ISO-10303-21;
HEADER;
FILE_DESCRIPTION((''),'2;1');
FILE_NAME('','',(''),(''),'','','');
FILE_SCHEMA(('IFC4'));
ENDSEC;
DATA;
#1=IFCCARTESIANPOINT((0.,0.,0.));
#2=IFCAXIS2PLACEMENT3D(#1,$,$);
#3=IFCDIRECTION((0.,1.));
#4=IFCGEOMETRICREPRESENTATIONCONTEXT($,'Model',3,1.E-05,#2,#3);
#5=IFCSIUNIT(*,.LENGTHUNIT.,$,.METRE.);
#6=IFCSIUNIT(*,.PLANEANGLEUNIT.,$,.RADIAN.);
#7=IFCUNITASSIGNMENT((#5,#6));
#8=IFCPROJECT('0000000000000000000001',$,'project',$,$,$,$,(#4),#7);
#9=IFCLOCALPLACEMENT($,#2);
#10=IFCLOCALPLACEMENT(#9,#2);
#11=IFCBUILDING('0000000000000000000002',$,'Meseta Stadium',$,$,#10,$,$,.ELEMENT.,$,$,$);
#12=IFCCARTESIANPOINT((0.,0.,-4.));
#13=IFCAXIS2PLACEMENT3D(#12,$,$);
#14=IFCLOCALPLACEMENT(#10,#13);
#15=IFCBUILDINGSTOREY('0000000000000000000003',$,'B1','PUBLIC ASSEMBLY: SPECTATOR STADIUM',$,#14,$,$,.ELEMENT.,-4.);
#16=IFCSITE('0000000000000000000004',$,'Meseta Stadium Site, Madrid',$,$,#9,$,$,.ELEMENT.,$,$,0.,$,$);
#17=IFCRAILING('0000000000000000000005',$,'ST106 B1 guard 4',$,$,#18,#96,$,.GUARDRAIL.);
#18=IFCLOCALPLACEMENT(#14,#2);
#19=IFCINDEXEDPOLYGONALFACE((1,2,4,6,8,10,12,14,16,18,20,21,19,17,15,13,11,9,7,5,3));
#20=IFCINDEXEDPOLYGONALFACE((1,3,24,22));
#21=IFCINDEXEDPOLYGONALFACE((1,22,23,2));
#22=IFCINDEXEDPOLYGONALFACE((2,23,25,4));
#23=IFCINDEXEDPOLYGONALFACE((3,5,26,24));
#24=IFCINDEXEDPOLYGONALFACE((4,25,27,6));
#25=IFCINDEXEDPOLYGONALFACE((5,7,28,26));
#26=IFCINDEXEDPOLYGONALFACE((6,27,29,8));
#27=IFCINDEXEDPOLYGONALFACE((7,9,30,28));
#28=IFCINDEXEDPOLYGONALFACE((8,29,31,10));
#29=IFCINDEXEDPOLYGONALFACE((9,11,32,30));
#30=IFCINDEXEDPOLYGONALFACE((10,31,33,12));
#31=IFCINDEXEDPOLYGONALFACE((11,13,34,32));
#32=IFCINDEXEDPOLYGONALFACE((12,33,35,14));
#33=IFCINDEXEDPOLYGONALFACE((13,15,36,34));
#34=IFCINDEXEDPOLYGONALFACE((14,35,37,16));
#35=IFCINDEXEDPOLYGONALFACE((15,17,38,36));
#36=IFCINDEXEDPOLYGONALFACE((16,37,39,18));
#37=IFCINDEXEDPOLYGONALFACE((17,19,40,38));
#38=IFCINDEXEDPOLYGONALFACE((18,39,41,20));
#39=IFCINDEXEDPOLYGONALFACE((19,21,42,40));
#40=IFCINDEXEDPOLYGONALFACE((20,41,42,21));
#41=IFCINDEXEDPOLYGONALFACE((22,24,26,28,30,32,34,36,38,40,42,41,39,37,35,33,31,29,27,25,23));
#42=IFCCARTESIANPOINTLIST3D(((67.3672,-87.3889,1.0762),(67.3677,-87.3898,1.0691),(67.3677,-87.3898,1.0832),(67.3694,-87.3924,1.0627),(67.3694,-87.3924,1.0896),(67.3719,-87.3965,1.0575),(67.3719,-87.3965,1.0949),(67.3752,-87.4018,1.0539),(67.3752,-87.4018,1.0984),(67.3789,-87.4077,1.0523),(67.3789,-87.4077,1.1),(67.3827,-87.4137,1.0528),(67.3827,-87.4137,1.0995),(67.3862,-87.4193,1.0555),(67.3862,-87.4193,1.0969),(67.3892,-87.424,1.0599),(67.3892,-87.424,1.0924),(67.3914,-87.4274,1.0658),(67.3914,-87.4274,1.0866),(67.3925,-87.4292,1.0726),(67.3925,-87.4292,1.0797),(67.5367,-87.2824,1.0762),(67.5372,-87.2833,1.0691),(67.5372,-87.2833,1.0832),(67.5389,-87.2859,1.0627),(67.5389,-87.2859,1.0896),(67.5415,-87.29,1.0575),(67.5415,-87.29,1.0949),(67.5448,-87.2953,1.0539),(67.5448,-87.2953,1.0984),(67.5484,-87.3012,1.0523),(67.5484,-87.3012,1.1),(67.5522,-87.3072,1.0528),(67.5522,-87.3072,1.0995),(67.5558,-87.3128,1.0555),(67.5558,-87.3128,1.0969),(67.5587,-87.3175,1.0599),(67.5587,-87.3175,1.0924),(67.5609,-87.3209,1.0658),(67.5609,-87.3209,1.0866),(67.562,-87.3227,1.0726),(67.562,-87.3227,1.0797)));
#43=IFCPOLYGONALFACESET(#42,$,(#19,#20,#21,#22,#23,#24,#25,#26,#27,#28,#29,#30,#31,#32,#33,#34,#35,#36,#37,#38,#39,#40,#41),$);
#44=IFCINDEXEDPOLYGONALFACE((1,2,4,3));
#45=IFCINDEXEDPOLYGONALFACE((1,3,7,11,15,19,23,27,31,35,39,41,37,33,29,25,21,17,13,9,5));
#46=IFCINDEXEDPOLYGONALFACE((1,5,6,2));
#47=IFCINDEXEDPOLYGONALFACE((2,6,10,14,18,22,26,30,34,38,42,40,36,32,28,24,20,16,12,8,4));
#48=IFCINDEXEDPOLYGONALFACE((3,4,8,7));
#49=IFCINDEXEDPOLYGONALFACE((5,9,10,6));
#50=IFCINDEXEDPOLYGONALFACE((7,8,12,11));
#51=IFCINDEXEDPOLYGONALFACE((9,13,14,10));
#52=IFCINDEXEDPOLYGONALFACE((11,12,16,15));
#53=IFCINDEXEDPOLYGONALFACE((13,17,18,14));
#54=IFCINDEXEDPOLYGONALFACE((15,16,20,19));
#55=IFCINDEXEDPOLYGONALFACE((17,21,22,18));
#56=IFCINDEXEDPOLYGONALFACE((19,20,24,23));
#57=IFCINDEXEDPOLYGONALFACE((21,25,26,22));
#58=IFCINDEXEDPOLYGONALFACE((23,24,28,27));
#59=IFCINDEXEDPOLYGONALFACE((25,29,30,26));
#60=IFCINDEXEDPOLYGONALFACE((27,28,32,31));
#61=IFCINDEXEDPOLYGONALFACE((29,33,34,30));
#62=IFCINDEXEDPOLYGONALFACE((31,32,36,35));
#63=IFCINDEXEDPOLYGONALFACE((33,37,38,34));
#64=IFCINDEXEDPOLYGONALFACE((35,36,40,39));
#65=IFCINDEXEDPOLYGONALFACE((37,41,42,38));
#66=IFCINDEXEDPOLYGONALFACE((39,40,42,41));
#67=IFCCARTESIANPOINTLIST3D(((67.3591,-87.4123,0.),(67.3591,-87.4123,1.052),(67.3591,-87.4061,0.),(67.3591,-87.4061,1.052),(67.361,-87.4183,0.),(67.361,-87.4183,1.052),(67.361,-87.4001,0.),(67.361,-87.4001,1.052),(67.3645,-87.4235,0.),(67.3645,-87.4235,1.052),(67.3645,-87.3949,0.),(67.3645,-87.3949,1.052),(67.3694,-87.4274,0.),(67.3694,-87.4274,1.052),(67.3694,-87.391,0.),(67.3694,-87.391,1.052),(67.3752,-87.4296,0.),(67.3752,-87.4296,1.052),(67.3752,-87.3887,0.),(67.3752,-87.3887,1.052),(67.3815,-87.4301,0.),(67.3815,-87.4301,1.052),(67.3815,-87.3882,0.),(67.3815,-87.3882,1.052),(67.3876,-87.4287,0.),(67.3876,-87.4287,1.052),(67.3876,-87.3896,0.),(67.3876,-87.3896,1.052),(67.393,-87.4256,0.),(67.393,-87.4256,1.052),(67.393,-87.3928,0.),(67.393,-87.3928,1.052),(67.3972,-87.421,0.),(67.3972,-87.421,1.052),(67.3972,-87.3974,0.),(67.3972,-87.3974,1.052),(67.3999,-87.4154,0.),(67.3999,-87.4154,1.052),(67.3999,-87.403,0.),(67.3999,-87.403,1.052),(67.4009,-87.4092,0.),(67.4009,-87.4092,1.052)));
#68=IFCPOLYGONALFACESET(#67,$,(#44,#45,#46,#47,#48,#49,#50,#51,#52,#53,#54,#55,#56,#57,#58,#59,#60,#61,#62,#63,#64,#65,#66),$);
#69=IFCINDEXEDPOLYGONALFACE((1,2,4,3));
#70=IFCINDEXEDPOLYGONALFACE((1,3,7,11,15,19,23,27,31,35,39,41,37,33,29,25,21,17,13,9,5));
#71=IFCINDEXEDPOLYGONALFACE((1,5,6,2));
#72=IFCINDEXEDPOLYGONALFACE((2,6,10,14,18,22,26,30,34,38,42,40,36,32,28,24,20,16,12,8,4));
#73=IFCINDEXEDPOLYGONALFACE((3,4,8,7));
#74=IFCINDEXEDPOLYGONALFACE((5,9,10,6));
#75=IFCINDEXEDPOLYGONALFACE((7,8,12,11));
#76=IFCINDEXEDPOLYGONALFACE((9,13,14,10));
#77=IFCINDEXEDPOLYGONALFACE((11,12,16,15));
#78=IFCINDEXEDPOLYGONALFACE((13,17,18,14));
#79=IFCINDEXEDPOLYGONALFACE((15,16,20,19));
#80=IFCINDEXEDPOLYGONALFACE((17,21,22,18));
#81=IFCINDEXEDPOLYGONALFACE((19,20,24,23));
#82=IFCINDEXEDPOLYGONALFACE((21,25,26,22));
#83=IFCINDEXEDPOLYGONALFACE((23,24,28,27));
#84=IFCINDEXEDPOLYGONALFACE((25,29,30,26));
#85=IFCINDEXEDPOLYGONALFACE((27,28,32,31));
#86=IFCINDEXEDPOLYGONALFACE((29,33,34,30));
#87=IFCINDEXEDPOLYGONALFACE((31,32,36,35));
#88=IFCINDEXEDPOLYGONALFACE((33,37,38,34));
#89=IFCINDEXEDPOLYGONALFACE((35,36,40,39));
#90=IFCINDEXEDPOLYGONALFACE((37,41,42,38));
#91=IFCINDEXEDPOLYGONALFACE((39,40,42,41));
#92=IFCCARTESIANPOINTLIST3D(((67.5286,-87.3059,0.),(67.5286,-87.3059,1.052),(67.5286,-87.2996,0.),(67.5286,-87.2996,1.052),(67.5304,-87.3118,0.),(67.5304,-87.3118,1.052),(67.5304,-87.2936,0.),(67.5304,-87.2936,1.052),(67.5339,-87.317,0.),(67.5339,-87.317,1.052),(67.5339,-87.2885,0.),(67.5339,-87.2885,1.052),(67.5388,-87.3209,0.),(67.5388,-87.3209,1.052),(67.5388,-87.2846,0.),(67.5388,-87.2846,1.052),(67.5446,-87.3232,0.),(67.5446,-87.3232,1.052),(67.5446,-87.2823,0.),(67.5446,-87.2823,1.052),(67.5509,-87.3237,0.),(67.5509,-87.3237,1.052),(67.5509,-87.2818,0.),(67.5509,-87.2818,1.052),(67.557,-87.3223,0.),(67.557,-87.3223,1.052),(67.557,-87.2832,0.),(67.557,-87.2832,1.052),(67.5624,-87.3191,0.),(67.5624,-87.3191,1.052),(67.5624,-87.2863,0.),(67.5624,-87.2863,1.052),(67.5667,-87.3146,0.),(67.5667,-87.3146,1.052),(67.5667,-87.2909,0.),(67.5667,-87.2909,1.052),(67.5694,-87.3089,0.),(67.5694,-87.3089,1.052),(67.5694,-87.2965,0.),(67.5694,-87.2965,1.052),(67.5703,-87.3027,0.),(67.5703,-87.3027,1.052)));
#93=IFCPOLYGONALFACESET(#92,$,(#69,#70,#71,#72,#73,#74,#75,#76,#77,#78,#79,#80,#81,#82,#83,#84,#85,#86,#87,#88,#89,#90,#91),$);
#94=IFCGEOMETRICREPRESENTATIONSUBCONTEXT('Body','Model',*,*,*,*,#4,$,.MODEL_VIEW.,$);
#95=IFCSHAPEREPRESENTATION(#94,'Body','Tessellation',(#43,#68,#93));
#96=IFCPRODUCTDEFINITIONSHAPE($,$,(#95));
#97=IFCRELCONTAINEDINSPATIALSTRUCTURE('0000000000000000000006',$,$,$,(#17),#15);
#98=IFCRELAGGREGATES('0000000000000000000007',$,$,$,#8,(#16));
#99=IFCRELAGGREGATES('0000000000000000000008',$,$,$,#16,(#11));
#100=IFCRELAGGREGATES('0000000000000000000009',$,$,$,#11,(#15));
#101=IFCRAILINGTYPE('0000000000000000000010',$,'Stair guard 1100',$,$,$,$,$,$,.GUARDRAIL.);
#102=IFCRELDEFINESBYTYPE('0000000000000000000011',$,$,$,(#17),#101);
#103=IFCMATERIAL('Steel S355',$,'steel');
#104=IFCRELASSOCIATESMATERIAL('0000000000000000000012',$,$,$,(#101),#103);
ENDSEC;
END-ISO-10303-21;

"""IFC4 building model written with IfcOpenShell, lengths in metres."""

from ifc_helpers import new_model, si_unit, direction, frame, origin, origin_2d, place, context, subcontext, project, spatial, circle, extrude, material, type_object, element, save


model = new_model("IFC4")

# Units and contexts
model_context = context("Model", 3, precision=1e-05, world=origin(), true_north=direction((0.0, 1.0)))
body_context = subcontext(model_context, "Body", "Model", "MODEL_VIEW")
ifc_project = project(units=[si_unit("LENGTHUNIT", "METRE"), si_unit("PLANEANGLEUNIT", "RADIAN")], contexts=[model_context])

# Site, building, storey
site_placement = place(None, origin())
site = spatial("IfcSite", under=ifc_project, at=site_placement, Name="Meseta Stadium Site, Madrid", CompositionType="ELEMENT", RefElevation=0.0)
building_placement = place(site_placement, origin())
building = spatial("IfcBuilding", under=site, at=building_placement, Name="Meseta Stadium", CompositionType="ELEMENT")
storey_placement = place(building_placement, frame((0.0, 0.0, -4.0)))
storey = spatial("IfcBuildingStorey", under=building, at=storey_placement, Name="B1", Description="PUBLIC ASSEMBLY: SPECTATOR STADIUM", CompositionType="ELEMENT", Elevation=-4.0)

# Railing
ifc_material_1 = material(Name="Steel S355", Category="steel")
railing_type_1 = type_object("IfcRailingType", Name="Stair guard 1100", PredefinedType="GUARDRAIL", material=ifc_material_1)
railing_1_placement = place(storey_placement, frame((67.3799, -87.4092, 0.0)))
element("IfcRailing", 1, at=railing_1_placement, inside=storey, type_object=railing_type_1, Name="ST106 B1 guard 4", PredefinedType="GUARDRAIL", context=body_context, shape_type="SweptSolid", body=[
    extrude(circle(Radius=0.0239, at=origin_2d()), frame((0.0, 0.0, 1.0762), z_axis=(0.846762, 0.531972, 0.0), x_axis=(-0.531972, 0.846762, 0.0)), (0.0, 0.0, 1.0), 0.2002),
    extrude(circle(Radius=0.021, at=origin_2d()), origin(), (0.0, 0.0, 1.0), 1.052),
    extrude(circle(Radius=0.021, at=origin_2d()), frame((0.1694, 0.1064, 0.0)), (0.0, 0.0, 1.0), 1.052),
])

save(model, "model.ifc")
